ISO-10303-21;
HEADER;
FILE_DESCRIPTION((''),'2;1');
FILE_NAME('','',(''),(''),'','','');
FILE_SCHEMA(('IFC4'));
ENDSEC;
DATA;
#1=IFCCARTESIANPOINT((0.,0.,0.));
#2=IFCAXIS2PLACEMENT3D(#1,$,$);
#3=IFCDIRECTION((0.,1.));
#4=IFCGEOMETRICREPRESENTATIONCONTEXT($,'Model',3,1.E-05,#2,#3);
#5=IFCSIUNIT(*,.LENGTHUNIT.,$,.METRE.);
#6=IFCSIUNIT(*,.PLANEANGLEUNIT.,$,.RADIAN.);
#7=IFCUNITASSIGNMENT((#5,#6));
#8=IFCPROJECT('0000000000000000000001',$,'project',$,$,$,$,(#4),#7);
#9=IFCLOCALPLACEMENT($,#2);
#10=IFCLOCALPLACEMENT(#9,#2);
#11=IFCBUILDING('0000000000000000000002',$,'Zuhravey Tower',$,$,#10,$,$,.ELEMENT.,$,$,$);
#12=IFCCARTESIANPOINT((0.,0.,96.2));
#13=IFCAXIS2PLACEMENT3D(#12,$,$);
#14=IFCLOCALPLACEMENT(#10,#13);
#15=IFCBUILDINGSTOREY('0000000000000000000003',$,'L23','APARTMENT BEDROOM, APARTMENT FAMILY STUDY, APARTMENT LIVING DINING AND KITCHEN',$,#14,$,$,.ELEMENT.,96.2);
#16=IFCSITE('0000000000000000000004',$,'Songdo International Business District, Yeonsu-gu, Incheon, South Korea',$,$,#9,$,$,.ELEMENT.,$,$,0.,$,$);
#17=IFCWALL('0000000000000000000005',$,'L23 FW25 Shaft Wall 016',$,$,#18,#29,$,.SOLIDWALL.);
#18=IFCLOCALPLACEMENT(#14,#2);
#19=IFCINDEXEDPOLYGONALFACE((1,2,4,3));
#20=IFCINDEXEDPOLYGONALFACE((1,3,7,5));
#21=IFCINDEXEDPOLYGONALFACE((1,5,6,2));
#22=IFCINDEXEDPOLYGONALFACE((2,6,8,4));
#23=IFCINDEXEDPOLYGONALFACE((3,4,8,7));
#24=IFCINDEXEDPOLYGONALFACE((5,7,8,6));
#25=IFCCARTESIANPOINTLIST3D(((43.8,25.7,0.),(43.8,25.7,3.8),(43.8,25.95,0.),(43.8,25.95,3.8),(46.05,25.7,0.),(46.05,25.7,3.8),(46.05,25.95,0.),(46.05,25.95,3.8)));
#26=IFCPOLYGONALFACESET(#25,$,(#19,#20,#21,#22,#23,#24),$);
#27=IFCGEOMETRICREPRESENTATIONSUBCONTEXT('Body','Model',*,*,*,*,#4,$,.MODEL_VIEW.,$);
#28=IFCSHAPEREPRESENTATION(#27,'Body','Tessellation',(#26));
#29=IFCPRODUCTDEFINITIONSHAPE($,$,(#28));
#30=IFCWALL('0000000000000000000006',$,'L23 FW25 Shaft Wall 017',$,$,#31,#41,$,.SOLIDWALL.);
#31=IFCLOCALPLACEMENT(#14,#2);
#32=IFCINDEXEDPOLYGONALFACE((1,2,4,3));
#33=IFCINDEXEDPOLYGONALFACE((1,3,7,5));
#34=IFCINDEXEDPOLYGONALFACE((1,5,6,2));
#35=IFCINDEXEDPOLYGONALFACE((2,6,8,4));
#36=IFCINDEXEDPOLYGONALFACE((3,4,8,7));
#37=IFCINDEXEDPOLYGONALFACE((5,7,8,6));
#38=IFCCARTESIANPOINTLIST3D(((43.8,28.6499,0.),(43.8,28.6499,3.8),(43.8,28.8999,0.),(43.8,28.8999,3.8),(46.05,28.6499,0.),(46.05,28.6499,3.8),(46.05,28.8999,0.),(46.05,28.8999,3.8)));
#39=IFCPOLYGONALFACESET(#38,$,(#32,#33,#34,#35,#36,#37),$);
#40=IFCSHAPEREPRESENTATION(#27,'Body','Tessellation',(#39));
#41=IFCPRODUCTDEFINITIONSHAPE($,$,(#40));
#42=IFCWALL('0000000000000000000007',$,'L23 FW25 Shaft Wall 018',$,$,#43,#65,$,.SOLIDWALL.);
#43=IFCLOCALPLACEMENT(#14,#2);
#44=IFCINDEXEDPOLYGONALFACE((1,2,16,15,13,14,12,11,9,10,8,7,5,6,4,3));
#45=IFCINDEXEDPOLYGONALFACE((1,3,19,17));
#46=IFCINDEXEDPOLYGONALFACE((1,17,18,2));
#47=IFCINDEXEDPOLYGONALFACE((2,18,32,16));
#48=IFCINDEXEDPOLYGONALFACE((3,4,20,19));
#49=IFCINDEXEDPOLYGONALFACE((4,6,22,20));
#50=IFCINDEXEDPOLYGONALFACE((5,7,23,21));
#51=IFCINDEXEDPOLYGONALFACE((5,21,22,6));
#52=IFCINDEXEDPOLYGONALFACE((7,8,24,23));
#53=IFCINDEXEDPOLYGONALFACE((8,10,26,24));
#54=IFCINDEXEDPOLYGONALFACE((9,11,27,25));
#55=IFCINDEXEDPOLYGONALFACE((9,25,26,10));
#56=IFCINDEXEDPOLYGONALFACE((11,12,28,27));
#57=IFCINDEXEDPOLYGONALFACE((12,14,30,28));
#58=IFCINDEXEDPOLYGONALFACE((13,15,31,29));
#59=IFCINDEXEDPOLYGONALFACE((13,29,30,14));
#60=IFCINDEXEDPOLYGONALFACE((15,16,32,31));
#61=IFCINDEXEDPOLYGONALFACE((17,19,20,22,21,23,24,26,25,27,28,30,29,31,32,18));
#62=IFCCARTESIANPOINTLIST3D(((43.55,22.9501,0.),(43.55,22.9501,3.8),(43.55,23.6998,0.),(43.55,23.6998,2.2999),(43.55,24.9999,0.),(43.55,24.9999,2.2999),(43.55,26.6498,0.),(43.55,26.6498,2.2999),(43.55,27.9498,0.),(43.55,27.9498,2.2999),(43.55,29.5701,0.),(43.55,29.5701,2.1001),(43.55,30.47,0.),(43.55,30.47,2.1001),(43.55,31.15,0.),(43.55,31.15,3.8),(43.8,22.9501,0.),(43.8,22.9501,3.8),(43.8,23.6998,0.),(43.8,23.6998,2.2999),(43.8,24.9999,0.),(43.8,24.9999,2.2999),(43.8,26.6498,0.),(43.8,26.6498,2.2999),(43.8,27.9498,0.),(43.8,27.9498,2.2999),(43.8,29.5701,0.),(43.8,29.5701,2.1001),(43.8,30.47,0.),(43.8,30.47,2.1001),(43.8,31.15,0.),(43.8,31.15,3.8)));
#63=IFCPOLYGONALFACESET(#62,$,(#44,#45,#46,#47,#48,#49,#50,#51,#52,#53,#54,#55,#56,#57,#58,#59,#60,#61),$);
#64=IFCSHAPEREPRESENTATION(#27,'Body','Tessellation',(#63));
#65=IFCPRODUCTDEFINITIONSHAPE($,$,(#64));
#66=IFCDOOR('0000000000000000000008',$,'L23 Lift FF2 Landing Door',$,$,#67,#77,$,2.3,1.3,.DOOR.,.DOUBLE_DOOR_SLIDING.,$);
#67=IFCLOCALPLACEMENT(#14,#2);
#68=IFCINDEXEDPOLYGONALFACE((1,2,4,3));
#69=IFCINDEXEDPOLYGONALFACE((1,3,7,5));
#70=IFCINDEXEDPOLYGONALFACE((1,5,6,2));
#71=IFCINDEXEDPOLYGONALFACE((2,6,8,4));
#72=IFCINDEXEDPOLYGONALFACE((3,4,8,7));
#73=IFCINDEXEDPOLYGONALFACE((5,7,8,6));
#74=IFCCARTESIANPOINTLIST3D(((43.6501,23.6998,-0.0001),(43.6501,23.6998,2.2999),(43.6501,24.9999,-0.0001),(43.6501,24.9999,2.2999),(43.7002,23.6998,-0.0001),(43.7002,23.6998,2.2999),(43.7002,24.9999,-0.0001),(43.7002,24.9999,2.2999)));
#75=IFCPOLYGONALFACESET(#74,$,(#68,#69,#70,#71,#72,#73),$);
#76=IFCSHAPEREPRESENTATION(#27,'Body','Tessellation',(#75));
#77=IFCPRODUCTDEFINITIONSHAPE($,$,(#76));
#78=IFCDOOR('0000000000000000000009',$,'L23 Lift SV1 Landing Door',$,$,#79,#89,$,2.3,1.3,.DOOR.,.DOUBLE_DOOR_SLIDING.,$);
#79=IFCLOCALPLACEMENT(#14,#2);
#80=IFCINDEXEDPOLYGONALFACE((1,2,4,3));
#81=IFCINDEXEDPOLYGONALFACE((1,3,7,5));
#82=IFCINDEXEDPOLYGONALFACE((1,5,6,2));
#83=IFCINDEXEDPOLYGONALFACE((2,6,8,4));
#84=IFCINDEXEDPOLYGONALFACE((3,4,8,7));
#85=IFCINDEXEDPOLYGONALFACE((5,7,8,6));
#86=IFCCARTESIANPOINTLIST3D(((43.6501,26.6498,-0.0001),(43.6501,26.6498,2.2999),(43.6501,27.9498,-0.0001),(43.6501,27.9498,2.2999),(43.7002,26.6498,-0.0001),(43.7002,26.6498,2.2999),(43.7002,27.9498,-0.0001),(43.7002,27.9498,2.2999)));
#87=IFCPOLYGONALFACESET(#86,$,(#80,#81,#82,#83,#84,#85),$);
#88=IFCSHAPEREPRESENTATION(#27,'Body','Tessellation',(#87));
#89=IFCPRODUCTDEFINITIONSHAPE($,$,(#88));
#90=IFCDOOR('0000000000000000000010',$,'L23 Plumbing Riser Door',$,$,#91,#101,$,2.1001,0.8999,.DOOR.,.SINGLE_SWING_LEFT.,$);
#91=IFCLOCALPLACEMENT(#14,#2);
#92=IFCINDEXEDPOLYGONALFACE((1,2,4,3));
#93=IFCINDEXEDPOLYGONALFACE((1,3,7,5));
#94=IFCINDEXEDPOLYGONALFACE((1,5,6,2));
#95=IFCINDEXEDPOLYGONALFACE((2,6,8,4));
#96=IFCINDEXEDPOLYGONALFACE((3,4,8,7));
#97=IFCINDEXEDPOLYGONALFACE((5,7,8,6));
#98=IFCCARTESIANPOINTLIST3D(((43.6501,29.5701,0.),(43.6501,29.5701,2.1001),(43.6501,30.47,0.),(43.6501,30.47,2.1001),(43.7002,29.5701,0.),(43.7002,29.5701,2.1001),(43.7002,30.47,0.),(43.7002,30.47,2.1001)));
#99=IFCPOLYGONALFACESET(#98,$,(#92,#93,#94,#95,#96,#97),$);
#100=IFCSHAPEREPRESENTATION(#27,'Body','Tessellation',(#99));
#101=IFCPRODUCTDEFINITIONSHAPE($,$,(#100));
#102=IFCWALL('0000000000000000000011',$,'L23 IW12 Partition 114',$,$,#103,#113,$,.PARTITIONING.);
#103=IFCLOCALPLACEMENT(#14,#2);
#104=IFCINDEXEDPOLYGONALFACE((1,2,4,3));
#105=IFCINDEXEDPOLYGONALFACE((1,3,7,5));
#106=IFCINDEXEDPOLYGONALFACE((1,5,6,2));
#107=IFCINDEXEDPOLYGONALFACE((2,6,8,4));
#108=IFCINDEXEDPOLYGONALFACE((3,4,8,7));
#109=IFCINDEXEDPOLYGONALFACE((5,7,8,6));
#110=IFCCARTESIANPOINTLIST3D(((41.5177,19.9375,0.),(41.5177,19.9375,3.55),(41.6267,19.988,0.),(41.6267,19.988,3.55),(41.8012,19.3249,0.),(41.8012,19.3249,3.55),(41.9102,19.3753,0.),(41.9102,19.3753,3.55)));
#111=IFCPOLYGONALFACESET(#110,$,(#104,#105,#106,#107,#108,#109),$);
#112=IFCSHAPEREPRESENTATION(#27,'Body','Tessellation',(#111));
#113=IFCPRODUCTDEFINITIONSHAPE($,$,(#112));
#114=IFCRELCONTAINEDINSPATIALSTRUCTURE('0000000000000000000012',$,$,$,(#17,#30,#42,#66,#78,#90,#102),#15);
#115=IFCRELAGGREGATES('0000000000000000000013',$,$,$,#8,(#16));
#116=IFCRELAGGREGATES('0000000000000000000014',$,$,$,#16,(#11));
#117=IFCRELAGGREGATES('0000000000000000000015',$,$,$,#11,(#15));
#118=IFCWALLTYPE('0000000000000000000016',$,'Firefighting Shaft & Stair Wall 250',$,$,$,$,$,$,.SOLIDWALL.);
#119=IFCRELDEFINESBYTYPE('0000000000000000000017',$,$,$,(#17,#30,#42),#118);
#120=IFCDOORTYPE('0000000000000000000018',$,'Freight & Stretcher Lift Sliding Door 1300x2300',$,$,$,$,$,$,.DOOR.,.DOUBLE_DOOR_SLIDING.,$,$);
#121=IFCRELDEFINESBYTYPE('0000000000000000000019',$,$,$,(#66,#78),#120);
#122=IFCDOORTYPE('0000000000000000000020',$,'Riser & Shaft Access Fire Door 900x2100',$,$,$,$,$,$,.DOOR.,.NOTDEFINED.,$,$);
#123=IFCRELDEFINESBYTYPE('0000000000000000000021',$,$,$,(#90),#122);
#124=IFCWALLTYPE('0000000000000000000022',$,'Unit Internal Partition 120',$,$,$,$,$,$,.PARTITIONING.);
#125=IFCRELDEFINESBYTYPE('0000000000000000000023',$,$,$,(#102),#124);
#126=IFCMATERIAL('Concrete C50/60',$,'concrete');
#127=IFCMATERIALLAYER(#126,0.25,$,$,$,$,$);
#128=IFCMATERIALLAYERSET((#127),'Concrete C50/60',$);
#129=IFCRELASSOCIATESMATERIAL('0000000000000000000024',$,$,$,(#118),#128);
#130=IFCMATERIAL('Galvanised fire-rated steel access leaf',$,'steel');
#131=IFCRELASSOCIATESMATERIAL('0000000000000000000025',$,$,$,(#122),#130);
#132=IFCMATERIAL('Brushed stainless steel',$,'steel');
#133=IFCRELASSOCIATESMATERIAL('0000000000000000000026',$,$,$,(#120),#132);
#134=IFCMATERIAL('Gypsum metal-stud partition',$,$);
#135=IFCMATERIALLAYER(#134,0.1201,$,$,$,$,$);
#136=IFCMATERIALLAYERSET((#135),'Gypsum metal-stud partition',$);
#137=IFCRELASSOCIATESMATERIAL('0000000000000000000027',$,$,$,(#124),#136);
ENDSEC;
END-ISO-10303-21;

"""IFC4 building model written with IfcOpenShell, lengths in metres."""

from ifc_helpers import new_model, si_unit, direction, frame, frame_2d, origin, place, context, subcontext, project, spatial, rectangle, extrude, material, layer, layer_set, type_object, element, fill, save


model = new_model("IFC4")

# Units and contexts
model_context = context("Model", 3, precision=1e-05, world=origin(), true_north=direction((0.0, 1.0)))
body_context = subcontext(model_context, "Body", "Model", "MODEL_VIEW")
ifc_project = project(units=[si_unit("LENGTHUNIT", "METRE"), si_unit("PLANEANGLEUNIT", "RADIAN")], contexts=[model_context])

# Site, building, storey
site_placement = place(None, origin())
site = spatial("IfcSite", under=ifc_project, at=site_placement, Name="Songdo International Business District, Yeonsu-gu, Incheon, South Korea", CompositionType="ELEMENT", RefElevation=0.0)
building_placement = place(site_placement, origin())
building = spatial("IfcBuilding", under=site, at=building_placement, Name="Zuhravey Tower", CompositionType="ELEMENT")
storey_placement = place(building_placement, frame((0.0, 0.0, 96.2)))
storey = spatial("IfcBuildingStorey", under=building, at=storey_placement, Name="L23", Description="APARTMENT BEDROOM, APARTMENT FAMILY STUDY, APARTMENT LIVING DINING AND KITCHEN", CompositionType="ELEMENT", Elevation=96.2)

# Shared definitions
ifc_material_1 = material(Name="Concrete C50/60", Category="concrete")
ifc_layer_1 = layer(ifc_material_1, 0.25)
ifc_layer_set_1 = layer_set([ifc_layer_1], Name="Concrete C50/60")
wall_type_1 = type_object("IfcWallType", Name="Firefighting Shaft & Stair Wall 250", PredefinedType="SOLIDWALL", material=ifc_layer_set_1)

# Shared definitions
ifc_material_2 = material(Name="Galvanised fire-rated steel access leaf", Category="steel")
door_type_1 = type_object("IfcDoorType", Name="Riser & Shaft Access Fire Door 900x2100", OperationType="NOTDEFINED", PredefinedType="DOOR", material=ifc_material_2)

# Walls
for number, where, z_axis, x_axis, name in (
    (1, (43.8, 25.825, 0.0), (0.0, 0.0, 1.0), (1.0, 0.0, 0.0), "L23 FW25 Shaft Wall 016"),
    (2, (43.8, 28.7749, 0.0), (0.0, 0.0, 1.0), (1.0, 0.0, 0.0), "L23 FW25 Shaft Wall 017"),
):
    element("IfcWall", number, at=place(storey_placement, frame(where, z_axis=z_axis, x_axis=x_axis)), inside=storey, type_object=wall_type_1, Name=name, PredefinedType="SOLIDWALL", context=body_context, shape_type="SweptSolid", body=[
        extrude(rectangle(XDim=2.25, YDim=0.25, at=frame_2d((1.125, 0.0))), origin(), (0.0, 0.0, 1.0), 3.8),
    ])

# Wall, openings, doors
wall_1_placement = place(storey_placement, frame((43.675, 22.95, 0.0), z_axis=(0.0, 0.0, 1.0), x_axis=(0.0, 1.0, 0.0)))
wall_1 = element("IfcWall", 3, at=wall_1_placement, inside=storey, type_object=wall_type_1, Name="L23 FW25 Shaft Wall 018", PredefinedType="SOLIDWALL", context=body_context, shape_type="SweptSolid", body=[
    extrude(rectangle(XDim=8.2, YDim=0.25, at=frame_2d((4.1001, 0.0))), origin(), (0.0, 0.0, 1.0), 3.8),
])
opening_1_placement = place(wall_1_placement, frame((0.75, 0.0, 0.0)))
opening_1 = element("IfcOpeningElement", 4, at=opening_1_placement, cuts=wall_1, PredefinedType="OPENING", context=body_context, shape_type="SweptSolid", body=[
    extrude(rectangle(XDim=1.3, YDim=2.3, at=frame_2d((0.6499, 1.1499))), frame((0.0, 0.137, 0.0), z_axis=(0.0, -1.0, 0.0), x_axis=(1.0, 0.0, 0.0)), (0.0, 0.0, 1.0), 0.2739),
])
opening_2_placement = place(wall_1_placement, frame((3.7, 0.0, 0.0)))
opening_2 = element("IfcOpeningElement", 5, at=opening_2_placement, cuts=wall_1, PredefinedType="OPENING", context=body_context, shape_type="SweptSolid", body=[
    extrude(rectangle(XDim=1.3, YDim=2.3, at=frame_2d((0.6499, 1.1499))), frame((0.0, 0.137, 0.0), z_axis=(0.0, -1.0, 0.0), x_axis=(1.0, 0.0, 0.0)), (0.0, 0.0, 1.0), 0.2739),
])
opening_3_placement = place(wall_1_placement, frame((6.6201, 0.0, 0.0)))
opening_3 = element("IfcOpeningElement", 6, at=opening_3_placement, cuts=wall_1, PredefinedType="OPENING", context=body_context, shape_type="SweptSolid", body=[
    extrude(rectangle(XDim=0.8999, YDim=2.1001, at=frame_2d((0.45, 1.05))), frame((0.0, 0.137, 0.0), z_axis=(0.0, -1.0, 0.0), x_axis=(1.0, 0.0, 0.0)), (0.0, 0.0, 1.0), 0.2739),
])
ifc_material_3 = material(Name="Brushed stainless steel", Category="steel")
door_type_2 = type_object("IfcDoorType", Name="Freight & Stretcher Lift Sliding Door 1300x2300", OperationType="DOUBLE_DOOR_SLIDING", PredefinedType="DOOR", material=ifc_material_3)
door_1_placement = place(opening_1_placement, origin())
door_1 = element("IfcDoor", 7, at=door_1_placement, inside=storey, type_object=door_type_2, Name="L23 Lift FF2 Landing Door", OperationType="DOUBLE_DOOR_SLIDING", OverallHeight=2.3, OverallWidth=1.3, PredefinedType="DOOR", context=body_context, shape_type="SweptSolid", body=[
    extrude(rectangle(XDim=1.3, YDim=2.3, at=frame_2d((0.6499, 1.1499))), frame((0.0, 0.0249, 0.0), z_axis=(0.0, -1.0, 0.0), x_axis=(1.0, 0.0, 0.0)), (0.0, 0.0, 1.0), 0.05),
])
fill(opening_1, door_1)
door_2_placement = place(opening_2_placement, origin())
door_2 = element("IfcDoor", 8, at=door_2_placement, inside=storey, type_object=door_type_2, Name="L23 Lift SV1 Landing Door", OperationType="DOUBLE_DOOR_SLIDING", OverallHeight=2.3, OverallWidth=1.3, PredefinedType="DOOR", context=body_context, shape_type="SweptSolid", body=[
    extrude(rectangle(XDim=1.3, YDim=2.3, at=frame_2d((0.6499, 1.1499))), frame((0.0, 0.0249, 0.0), z_axis=(0.0, -1.0, 0.0), x_axis=(1.0, 0.0, 0.0)), (0.0, 0.0, 1.0), 0.05),
])
fill(opening_2, door_2)
door_3_placement = place(opening_3_placement, origin())
door_3 = element("IfcDoor", 9, at=door_3_placement, inside=storey, type_object=door_type_1, Name="L23 Plumbing Riser Door", OperationType="SINGLE_SWING_LEFT", OverallHeight=2.1001, OverallWidth=0.8999, PredefinedType="DOOR", context=body_context, shape_type="SweptSolid", body=[
    extrude(rectangle(XDim=0.8999, YDim=2.1001, at=frame_2d((0.45, 1.05))), frame((0.0, 0.0249, 0.0), z_axis=(0.0, -1.0, 0.0), x_axis=(1.0, 0.0, 0.0)), (0.0, 0.0, 1.0), 0.05),
])
fill(opening_3, door_3)

# Wall
ifc_material_4 = material(Name="Gypsum metal-stud partition")
ifc_layer_2 = layer(ifc_material_4, 0.1201)
ifc_layer_set_2 = layer_set([ifc_layer_2], Name="Gypsum metal-stud partition")
wall_type_2 = type_object("IfcWallType", Name="Unit Internal Partition 120", PredefinedType="PARTITIONING", material=ifc_layer_set_2)
wall_2_placement = place(storey_placement, frame((41.5723, 19.9626, 0.0), z_axis=(0.0, 0.0, 1.0), x_axis=(0.419953, -0.907546, 0.0)))
element("IfcWall", 10, at=wall_2_placement, inside=storey, type_object=wall_type_2, Name="L23 IW12 Partition 114", PredefinedType="PARTITIONING", context=body_context, shape_type="SweptSolid", body=[
    extrude(rectangle(XDim=0.675, YDim=0.1201, at=frame_2d((0.3374, 0.0))), origin(), (0.0, 0.0, 1.0), 3.55),
])

save(model, "model.ifc")
